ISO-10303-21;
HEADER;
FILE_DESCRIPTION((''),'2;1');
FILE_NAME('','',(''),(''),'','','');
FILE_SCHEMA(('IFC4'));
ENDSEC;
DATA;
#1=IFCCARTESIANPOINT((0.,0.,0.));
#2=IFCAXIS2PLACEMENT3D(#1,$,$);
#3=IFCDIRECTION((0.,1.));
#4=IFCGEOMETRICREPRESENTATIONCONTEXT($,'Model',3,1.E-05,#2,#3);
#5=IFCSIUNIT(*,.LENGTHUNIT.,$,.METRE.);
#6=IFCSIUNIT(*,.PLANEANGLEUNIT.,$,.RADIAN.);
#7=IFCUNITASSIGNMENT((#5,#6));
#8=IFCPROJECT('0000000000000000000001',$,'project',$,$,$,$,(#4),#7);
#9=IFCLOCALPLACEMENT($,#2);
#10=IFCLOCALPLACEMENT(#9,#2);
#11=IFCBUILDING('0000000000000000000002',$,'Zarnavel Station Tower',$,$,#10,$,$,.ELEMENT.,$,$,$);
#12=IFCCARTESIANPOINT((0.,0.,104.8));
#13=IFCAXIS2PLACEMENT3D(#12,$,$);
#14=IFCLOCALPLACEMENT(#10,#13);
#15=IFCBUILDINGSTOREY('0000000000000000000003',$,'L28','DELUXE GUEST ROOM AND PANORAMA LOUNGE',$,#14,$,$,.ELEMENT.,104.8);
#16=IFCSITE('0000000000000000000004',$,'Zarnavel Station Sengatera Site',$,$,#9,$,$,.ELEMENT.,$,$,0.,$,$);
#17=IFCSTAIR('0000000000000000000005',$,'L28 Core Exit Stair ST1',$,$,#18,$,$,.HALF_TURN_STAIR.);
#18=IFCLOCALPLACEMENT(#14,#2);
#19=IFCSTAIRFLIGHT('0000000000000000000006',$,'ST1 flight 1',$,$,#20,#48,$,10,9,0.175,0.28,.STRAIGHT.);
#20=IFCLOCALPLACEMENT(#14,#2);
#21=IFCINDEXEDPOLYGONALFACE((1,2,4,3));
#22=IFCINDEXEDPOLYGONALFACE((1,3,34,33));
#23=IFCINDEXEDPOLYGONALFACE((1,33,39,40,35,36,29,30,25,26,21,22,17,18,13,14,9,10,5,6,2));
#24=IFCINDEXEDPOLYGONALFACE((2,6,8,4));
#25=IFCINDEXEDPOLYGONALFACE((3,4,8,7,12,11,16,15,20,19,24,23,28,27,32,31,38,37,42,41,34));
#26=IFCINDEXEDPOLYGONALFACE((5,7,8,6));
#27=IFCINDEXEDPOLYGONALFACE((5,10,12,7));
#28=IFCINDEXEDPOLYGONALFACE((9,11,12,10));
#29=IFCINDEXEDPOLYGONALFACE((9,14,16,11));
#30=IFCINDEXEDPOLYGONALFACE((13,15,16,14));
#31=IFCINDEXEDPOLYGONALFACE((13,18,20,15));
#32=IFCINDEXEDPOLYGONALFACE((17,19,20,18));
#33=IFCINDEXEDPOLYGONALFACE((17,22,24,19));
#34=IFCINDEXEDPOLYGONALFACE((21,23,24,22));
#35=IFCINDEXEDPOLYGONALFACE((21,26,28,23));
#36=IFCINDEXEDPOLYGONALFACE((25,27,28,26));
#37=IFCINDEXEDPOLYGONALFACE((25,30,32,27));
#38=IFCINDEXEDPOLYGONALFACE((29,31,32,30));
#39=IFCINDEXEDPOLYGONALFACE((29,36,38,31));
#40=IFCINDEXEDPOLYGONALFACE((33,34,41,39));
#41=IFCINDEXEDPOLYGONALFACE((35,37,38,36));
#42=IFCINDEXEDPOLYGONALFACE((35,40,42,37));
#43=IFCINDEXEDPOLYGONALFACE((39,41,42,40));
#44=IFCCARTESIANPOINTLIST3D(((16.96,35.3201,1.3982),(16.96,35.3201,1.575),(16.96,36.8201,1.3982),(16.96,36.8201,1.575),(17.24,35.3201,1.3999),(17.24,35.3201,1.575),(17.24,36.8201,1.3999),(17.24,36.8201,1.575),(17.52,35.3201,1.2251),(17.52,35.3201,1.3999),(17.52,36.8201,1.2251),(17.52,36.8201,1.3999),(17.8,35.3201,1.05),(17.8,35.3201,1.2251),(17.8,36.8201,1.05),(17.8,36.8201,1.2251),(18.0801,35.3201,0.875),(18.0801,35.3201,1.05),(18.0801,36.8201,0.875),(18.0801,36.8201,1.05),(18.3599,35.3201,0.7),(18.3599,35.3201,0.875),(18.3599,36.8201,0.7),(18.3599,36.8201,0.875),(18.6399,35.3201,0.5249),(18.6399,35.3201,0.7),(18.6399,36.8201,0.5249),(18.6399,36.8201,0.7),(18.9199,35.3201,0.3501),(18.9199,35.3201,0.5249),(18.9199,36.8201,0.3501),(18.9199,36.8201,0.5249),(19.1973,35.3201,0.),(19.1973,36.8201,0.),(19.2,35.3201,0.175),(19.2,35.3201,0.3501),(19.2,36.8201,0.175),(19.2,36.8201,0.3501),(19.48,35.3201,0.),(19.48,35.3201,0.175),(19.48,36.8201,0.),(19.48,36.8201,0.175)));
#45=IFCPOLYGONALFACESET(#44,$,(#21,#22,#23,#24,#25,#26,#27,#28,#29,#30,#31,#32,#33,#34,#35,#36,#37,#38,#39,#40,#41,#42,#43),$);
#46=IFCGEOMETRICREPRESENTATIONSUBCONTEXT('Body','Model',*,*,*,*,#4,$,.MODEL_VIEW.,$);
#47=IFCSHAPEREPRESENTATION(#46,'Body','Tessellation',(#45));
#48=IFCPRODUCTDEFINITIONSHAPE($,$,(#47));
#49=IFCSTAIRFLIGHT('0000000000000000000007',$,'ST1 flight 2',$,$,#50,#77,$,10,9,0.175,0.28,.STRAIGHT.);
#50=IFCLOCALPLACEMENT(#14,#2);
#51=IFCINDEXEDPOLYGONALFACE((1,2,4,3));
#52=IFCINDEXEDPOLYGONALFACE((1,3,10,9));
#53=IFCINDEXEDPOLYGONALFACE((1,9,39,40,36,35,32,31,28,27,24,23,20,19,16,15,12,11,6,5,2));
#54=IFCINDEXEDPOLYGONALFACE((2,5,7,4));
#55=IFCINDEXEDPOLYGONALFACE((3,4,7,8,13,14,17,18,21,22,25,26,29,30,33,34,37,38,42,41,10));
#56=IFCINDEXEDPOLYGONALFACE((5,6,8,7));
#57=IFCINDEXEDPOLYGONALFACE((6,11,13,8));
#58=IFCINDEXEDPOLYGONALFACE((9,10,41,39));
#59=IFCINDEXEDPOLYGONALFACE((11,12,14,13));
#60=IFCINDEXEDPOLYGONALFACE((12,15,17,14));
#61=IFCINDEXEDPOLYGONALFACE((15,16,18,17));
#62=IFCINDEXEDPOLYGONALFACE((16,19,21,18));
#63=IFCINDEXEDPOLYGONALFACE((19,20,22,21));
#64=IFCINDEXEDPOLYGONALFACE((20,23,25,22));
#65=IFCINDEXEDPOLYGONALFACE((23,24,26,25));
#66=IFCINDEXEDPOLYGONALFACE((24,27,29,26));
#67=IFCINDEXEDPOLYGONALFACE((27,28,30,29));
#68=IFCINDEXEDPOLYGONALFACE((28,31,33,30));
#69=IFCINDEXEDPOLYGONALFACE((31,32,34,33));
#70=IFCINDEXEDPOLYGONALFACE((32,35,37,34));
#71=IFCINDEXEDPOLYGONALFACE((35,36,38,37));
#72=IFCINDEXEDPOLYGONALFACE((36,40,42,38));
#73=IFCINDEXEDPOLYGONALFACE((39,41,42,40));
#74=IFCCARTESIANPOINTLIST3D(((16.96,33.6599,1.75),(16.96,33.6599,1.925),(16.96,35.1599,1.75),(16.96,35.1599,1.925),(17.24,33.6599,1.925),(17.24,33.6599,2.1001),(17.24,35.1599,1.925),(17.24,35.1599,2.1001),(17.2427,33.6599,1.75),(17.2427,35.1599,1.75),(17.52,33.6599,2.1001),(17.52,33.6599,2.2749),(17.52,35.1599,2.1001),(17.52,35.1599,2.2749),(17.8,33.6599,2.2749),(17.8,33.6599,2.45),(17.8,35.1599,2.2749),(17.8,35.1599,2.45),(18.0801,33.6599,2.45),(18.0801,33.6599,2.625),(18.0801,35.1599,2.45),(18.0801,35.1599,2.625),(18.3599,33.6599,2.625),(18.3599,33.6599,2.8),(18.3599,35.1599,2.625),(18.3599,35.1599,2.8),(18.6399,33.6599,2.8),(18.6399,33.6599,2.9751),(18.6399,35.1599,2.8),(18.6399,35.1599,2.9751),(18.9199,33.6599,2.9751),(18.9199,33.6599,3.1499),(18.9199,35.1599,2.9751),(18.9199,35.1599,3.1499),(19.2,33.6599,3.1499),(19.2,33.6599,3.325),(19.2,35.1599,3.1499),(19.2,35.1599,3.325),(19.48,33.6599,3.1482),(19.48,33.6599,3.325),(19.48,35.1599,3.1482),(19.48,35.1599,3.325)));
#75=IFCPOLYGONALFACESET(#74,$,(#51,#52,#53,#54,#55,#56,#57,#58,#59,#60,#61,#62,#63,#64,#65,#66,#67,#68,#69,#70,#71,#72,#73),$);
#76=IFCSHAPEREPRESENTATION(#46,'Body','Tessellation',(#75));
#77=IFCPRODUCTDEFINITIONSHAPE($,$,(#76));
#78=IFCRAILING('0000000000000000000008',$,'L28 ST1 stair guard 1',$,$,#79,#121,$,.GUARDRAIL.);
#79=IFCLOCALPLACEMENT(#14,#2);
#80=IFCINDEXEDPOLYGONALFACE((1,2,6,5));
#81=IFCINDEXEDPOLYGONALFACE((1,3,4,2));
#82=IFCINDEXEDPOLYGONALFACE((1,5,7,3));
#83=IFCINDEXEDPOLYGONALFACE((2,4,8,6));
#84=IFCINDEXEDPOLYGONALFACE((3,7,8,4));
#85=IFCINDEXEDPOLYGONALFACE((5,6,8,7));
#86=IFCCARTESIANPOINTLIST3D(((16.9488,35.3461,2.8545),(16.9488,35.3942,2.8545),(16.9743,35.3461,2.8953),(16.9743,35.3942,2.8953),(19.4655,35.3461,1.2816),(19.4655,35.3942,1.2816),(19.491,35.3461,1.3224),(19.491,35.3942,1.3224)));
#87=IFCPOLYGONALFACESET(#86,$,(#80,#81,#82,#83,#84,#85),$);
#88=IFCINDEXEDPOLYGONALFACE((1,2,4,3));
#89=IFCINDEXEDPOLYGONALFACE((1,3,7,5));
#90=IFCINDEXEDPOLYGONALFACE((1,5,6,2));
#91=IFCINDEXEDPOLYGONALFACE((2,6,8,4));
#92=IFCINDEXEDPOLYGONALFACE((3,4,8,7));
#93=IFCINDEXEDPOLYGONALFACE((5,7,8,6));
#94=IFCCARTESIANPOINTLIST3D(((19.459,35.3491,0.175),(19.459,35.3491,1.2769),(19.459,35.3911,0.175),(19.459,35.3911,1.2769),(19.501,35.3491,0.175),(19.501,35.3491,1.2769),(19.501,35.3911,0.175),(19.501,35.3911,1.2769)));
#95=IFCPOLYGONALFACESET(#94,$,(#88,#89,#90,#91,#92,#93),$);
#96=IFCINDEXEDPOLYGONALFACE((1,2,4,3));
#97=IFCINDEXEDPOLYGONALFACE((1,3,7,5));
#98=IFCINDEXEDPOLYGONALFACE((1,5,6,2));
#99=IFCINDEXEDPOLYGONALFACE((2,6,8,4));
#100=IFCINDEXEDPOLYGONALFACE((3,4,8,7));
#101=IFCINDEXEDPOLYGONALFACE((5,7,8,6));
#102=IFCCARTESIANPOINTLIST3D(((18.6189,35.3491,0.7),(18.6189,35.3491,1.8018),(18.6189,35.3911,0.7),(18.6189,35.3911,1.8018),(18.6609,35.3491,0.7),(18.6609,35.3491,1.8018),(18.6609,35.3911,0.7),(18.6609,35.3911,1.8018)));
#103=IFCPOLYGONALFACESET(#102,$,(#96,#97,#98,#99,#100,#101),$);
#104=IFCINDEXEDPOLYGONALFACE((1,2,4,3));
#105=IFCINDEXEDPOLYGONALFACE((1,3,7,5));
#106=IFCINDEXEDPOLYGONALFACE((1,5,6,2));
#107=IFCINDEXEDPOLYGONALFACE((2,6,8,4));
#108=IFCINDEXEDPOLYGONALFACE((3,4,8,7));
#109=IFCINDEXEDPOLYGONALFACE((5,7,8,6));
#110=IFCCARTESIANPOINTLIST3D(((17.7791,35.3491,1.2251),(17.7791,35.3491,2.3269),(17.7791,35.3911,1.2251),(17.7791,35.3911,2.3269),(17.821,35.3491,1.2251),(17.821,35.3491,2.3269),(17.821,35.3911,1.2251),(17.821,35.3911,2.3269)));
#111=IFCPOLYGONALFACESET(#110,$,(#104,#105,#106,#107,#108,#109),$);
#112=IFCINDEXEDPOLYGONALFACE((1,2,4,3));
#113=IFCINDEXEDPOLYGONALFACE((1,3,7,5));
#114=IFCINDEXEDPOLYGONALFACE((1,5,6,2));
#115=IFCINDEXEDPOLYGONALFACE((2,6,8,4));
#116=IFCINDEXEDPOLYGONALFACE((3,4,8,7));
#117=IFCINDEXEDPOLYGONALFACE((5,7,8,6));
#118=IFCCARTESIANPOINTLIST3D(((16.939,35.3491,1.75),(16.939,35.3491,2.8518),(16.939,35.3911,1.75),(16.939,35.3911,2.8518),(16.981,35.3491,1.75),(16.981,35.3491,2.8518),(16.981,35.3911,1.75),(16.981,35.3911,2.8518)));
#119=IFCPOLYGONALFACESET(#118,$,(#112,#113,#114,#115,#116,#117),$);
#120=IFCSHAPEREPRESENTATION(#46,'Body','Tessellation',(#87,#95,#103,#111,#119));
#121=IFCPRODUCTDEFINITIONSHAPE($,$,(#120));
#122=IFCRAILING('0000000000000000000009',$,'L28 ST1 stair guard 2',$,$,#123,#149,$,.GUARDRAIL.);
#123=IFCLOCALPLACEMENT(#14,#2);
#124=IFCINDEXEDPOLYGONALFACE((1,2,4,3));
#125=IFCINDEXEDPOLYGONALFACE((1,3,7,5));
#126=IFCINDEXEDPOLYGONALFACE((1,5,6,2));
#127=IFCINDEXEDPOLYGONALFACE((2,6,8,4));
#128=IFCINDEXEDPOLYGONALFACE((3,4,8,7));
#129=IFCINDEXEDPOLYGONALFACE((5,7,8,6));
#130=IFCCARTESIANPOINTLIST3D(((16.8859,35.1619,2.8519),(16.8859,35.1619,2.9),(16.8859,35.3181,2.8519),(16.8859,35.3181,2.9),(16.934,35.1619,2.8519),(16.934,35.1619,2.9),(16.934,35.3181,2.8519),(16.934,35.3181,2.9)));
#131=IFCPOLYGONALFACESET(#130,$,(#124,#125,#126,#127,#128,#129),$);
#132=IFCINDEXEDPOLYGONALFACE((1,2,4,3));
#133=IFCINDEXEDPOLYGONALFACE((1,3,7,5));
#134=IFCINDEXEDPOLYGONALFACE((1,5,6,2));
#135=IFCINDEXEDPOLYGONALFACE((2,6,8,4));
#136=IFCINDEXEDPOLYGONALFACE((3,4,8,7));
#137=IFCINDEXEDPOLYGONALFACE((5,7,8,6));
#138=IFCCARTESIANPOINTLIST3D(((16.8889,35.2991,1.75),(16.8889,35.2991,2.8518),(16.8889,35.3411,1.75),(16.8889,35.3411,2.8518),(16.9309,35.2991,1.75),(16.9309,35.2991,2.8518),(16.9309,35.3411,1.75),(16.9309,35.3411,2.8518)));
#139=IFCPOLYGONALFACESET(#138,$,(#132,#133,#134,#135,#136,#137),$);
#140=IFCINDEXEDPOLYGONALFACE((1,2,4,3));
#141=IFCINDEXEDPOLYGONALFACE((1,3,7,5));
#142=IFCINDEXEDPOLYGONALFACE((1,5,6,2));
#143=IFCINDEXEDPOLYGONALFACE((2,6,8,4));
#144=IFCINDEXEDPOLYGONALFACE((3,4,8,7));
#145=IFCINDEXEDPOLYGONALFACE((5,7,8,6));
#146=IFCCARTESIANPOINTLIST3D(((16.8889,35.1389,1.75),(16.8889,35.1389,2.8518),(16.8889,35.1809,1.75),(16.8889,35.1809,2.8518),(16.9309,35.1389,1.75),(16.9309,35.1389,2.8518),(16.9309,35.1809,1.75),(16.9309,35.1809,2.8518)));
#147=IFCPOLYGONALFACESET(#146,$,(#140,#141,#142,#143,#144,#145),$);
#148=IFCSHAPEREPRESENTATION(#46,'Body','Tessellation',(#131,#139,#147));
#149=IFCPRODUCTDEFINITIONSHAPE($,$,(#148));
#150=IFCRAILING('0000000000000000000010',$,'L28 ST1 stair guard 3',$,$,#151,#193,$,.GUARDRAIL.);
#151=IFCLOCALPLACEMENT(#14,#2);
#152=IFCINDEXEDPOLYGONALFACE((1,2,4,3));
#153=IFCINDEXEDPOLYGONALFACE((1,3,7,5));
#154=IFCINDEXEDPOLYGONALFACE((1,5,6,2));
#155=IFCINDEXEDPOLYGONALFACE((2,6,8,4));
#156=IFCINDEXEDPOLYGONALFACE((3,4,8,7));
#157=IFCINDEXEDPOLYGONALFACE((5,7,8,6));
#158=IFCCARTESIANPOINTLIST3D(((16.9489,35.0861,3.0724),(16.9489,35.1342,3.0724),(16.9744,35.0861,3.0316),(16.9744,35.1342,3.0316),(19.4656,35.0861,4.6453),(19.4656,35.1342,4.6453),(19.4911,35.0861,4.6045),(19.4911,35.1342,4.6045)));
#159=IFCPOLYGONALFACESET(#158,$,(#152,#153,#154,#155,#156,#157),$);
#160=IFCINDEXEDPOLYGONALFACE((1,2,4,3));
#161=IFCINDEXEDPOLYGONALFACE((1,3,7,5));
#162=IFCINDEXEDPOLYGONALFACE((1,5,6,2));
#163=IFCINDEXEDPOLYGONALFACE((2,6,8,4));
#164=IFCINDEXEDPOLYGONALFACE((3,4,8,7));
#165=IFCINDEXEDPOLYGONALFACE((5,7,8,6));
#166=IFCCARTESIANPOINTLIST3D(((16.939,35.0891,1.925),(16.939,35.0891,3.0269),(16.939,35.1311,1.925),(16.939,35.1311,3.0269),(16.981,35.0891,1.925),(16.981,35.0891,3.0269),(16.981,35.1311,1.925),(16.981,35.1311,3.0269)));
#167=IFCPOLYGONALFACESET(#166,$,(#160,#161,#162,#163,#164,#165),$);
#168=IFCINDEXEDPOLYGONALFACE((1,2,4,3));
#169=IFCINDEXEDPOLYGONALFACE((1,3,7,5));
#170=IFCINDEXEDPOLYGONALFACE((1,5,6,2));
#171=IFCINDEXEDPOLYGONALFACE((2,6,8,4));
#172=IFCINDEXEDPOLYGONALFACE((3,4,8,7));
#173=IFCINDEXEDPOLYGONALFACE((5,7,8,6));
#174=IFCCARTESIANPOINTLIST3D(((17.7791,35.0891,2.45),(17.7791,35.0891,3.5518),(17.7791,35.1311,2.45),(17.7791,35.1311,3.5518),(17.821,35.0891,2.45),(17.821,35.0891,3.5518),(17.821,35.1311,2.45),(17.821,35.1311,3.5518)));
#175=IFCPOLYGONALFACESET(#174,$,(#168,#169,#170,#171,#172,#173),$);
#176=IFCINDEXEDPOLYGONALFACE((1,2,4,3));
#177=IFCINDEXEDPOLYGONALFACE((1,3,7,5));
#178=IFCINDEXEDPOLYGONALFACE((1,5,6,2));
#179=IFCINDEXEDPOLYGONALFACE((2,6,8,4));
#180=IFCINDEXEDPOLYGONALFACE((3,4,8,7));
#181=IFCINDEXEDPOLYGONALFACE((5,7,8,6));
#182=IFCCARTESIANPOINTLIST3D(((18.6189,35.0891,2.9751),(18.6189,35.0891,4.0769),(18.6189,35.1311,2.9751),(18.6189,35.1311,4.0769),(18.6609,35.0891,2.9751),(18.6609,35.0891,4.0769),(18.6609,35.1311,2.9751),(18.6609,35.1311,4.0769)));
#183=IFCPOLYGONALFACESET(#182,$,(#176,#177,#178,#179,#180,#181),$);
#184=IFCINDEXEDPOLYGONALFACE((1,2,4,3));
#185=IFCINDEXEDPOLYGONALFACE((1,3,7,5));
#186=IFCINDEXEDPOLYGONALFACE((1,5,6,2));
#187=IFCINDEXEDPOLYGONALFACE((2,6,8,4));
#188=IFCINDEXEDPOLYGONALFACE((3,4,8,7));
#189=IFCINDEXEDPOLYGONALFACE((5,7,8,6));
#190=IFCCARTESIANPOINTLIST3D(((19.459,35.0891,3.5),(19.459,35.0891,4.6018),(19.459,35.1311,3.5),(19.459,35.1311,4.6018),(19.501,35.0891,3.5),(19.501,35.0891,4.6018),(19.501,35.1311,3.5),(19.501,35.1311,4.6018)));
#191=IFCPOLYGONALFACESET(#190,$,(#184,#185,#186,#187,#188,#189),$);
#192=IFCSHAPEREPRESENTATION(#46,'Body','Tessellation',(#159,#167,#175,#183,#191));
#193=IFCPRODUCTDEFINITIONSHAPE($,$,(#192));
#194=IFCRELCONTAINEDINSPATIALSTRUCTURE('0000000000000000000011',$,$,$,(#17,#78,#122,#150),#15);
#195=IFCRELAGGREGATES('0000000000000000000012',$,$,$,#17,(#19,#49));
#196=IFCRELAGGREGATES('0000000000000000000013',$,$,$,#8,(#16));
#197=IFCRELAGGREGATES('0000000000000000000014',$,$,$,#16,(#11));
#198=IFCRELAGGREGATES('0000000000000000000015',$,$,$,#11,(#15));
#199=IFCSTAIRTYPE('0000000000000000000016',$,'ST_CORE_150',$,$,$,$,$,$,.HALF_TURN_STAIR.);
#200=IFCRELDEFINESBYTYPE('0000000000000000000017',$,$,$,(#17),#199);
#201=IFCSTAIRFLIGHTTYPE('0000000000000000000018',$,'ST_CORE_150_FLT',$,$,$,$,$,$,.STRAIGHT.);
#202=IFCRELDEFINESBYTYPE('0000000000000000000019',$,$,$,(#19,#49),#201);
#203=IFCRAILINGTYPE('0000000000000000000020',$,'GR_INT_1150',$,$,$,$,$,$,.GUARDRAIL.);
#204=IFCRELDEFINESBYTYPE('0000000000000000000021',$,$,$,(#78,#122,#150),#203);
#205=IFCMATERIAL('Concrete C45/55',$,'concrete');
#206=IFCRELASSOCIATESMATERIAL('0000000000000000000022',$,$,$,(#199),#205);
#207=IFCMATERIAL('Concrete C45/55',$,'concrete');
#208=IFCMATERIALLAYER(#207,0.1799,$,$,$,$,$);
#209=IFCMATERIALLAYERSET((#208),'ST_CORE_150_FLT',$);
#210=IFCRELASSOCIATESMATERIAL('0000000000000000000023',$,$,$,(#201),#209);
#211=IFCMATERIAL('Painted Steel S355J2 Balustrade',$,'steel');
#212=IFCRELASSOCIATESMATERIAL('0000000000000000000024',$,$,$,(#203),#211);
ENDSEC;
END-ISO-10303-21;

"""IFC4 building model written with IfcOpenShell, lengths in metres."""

from ifc_helpers import new_model, si_unit, direction, frame, origin, origin_2d, place, context, subcontext, project, spatial, polyline, rectangle, outline, extrude, material, layer, layer_set, type_object, element, aggregate, save


model = new_model("IFC4")

# Units and contexts
model_context = context("Model", 3, precision=1e-05, world=origin(), true_north=direction((0.0, 1.0)))
body_context = subcontext(model_context, "Body", "Model", "MODEL_VIEW")
ifc_project = project(units=[si_unit("LENGTHUNIT", "METRE"), si_unit("PLANEANGLEUNIT", "RADIAN")], contexts=[model_context])

# Site, building, storey
site_placement = place(None, origin())
site = spatial("IfcSite", under=ifc_project, at=site_placement, Name="Zarnavel Station Sengatera Site", CompositionType="ELEMENT", RefElevation=0.0)
building_placement = place(site_placement, origin())
building = spatial("IfcBuilding", under=site, at=building_placement, Name="Zarnavel Station Tower", CompositionType="ELEMENT")
storey_placement = place(building_placement, frame((0.0, 0.0, 104.8)))
storey = spatial("IfcBuildingStorey", under=building, at=storey_placement, Name="L28", Description="DELUXE GUEST ROOM AND PANORAMA LOUNGE", CompositionType="ELEMENT", Elevation=104.8)

# Stair, stair flights
ifc_material_1 = material(Name="Concrete C45/55", Category="concrete")
stair_type = type_object("IfcStairType", Name="ST_CORE_150", PredefinedType="HALF_TURN_STAIR", material=ifc_material_1)
stair_placement = place(storey_placement, origin())
stair = element("IfcStair", 1, at=stair_placement, inside=storey, type_object=stair_type, Name="L28 Core Exit Stair ST1", PredefinedType="HALF_TURN_STAIR")
ifc_material_2 = material(Name="Concrete C45/55", Category="concrete")
ifc_layer_1 = layer(ifc_material_2, 0.1799)
ifc_layer_set_1 = layer_set([ifc_layer_1], Name="ST_CORE_150_FLT")
stair_flight_type = type_object("IfcStairFlightType", Name="ST_CORE_150_FLT", PredefinedType="STRAIGHT", material=ifc_layer_set_1)
stair_flight_1_placement = place(storey_placement, frame((19.48, 36.0701, 0.0), z_axis=(0.0, 0.0, 1.0), x_axis=(-1.0, 0.0, 0.0)))
stair_flight_1 = element("IfcStairFlight", 2, at=stair_flight_1_placement, type_object=stair_flight_type, Name="ST1 flight 1", NumberOfRisers=10, NumberOfTreads=9, PredefinedType="STRAIGHT", RiserHeight=0.175, TreadLength=0.28, context=body_context, shape_type="SweptSolid", body=[
    extrude(outline(polyline([(0.0, 0.0), (0.0, 0.175), (0.28, 0.175), (0.28, 0.3501), (0.5601, 0.3501), (0.5601, 0.5249), (0.8401, 0.5249), (0.8401, 0.7), (1.1201, 0.7), (1.1201, 0.875), (1.3999, 0.875), (1.3999, 1.05), (1.6799, 1.05), (1.6799, 1.2251), (1.96, 1.2251), (1.96, 1.3999), (2.24, 1.3999), (2.24, 1.575), (2.52, 1.575), (2.52, 1.75), (2.52, 1.3982), (0.2827, 0.0), (0.0, 0.0)])), frame((0.0, 0.75, 0.0), z_axis=(0.0, -1.0, 0.0), x_axis=(1.0, 0.0, 0.0)), (0.0, 0.0, 1.0), 1.5),
])
stair_flight_2_placement = place(storey_placement, frame((16.96, 34.4099, 1.75), z_axis=(0.0, 0.0, 1.0), x_axis=(1.0, 0.0, 0.0)))
stair_flight_2 = element("IfcStairFlight", 3, at=stair_flight_2_placement, type_object=stair_flight_type, Name="ST1 flight 2", NumberOfRisers=10, NumberOfTreads=9, PredefinedType="STRAIGHT", RiserHeight=0.175, TreadLength=0.28, context=body_context, shape_type="SweptSolid", body=[
    extrude(outline(polyline([(0.0, 0.0), (0.0, 0.175), (0.28, 0.175), (0.28, 0.3501), (0.5601, 0.3501), (0.5601, 0.5249), (0.8401, 0.5249), (0.8401, 0.7), (1.1201, 0.7), (1.1201, 0.875), (1.3999, 0.875), (1.3999, 1.05), (1.6799, 1.05), (1.6799, 1.2251), (1.96, 1.2251), (1.96, 1.3999), (2.24, 1.3999), (2.24, 1.575), (2.52, 1.575), (2.52, 1.75), (2.52, 1.3982), (0.2827, 0.0), (0.0, 0.0)])), frame((0.0, 0.75, 0.0), z_axis=(0.0, -1.0, 0.0), x_axis=(1.0, 0.0, 0.0)), (0.0, 0.0, 1.0), 1.5),
])
aggregate(stair, [stair_flight_1, stair_flight_2])

# Railings
ifc_material_3 = material(Name="Painted Steel S355J2 Balustrade", Category="steel")
railing_type_1 = type_object("IfcRailingType", Name="GR_INT_1150", PredefinedType="GUARDRAIL", material=ifc_material_3)
railing_1_placement = place(storey_placement, frame((19.48, 35.3701, 0.175)))
element("IfcRailing", 4, at=railing_1_placement, inside=storey, type_object=railing_type_1, Name="L28 ST1 stair guard 1", PredefinedType="GUARDRAIL", context=body_context, shape_type="SweptSolid", body=[
    extrude(rectangle(XDim=0.0481, YDim=0.0481, at=origin_2d()), frame((-0.0017, 0.0, 1.127), z_axis=(-0.848008, 0.0, 0.529984), x_axis=(0.0, -1.0, 0.0)), (0.0, 0.0, 1.0), 2.9678),
    extrude(rectangle(XDim=0.042, YDim=0.042, at=origin_2d()), origin(), (0.0, 0.0, 1.0), 1.1018),
    extrude(rectangle(XDim=0.042, YDim=0.042, at=origin_2d()), frame((-0.8401, 0.0, 0.5249)), (0.0, 0.0, 1.0), 1.1018),
    extrude(rectangle(XDim=0.042, YDim=0.042, at=origin_2d()), frame((-1.6799, 0.0, 1.05)), (0.0, 0.0, 1.0), 1.1018),
    extrude(rectangle(XDim=0.042, YDim=0.042, at=origin_2d()), frame((-2.52, 0.0, 1.575)), (0.0, 0.0, 1.0), 1.1018),
])
railing_2_placement = place(storey_placement, frame((16.9099, 35.3201, 1.75)))
element("IfcRailing", 5, at=railing_2_placement, inside=storey, type_object=railing_type_1, Name="L28 ST1 stair guard 2", PredefinedType="GUARDRAIL", context=body_context, shape_type="SweptSolid", body=[
    extrude(rectangle(XDim=0.0481, YDim=0.0481, at=origin_2d()), frame((0.0, -0.002, 1.126), z_axis=(0.0, -1.0, 0.0), x_axis=(1.0, 0.0, 0.0)), (0.0, 0.0, 1.0), 0.1562),
    extrude(rectangle(XDim=0.042, YDim=0.042, at=origin_2d()), origin(), (0.0, 0.0, 1.0), 1.1018),
    extrude(rectangle(XDim=0.042, YDim=0.042, at=origin_2d()), frame((0.0, -0.1602, 0.0)), (0.0, 0.0, 1.0), 1.1018),
])
railing_3_placement = place(storey_placement, frame((16.96, 35.1101, 1.925)))
element("IfcRailing", 6, at=railing_3_placement, inside=storey, type_object=railing_type_1, Name="L28 ST1 stair guard 3", PredefinedType="GUARDRAIL", context=body_context, shape_type="SweptSolid", body=[
    extrude(rectangle(XDim=0.0481, YDim=0.0481, at=origin_2d()), frame((0.0017, 0.0, 1.127), z_axis=(0.848008, 0.0, 0.529984), x_axis=(0.0, 1.0, 0.0)), (0.0, 0.0, 1.0), 2.9678),
    extrude(rectangle(XDim=0.042, YDim=0.042, at=origin_2d()), origin(), (0.0, 0.0, 1.0), 1.1018),
    extrude(rectangle(XDim=0.042, YDim=0.042, at=origin_2d()), frame((0.8401, 0.0, 0.5249)), (0.0, 0.0, 1.0), 1.1018),
    extrude(rectangle(XDim=0.042, YDim=0.042, at=origin_2d()), frame((1.6799, 0.0, 1.05)), (0.0, 0.0, 1.0), 1.1018),
    extrude(rectangle(XDim=0.042, YDim=0.042, at=origin_2d()), frame((2.52, 0.0, 1.575)), (0.0, 0.0, 1.0), 1.1018),
])

save(model, "model.ifc")
